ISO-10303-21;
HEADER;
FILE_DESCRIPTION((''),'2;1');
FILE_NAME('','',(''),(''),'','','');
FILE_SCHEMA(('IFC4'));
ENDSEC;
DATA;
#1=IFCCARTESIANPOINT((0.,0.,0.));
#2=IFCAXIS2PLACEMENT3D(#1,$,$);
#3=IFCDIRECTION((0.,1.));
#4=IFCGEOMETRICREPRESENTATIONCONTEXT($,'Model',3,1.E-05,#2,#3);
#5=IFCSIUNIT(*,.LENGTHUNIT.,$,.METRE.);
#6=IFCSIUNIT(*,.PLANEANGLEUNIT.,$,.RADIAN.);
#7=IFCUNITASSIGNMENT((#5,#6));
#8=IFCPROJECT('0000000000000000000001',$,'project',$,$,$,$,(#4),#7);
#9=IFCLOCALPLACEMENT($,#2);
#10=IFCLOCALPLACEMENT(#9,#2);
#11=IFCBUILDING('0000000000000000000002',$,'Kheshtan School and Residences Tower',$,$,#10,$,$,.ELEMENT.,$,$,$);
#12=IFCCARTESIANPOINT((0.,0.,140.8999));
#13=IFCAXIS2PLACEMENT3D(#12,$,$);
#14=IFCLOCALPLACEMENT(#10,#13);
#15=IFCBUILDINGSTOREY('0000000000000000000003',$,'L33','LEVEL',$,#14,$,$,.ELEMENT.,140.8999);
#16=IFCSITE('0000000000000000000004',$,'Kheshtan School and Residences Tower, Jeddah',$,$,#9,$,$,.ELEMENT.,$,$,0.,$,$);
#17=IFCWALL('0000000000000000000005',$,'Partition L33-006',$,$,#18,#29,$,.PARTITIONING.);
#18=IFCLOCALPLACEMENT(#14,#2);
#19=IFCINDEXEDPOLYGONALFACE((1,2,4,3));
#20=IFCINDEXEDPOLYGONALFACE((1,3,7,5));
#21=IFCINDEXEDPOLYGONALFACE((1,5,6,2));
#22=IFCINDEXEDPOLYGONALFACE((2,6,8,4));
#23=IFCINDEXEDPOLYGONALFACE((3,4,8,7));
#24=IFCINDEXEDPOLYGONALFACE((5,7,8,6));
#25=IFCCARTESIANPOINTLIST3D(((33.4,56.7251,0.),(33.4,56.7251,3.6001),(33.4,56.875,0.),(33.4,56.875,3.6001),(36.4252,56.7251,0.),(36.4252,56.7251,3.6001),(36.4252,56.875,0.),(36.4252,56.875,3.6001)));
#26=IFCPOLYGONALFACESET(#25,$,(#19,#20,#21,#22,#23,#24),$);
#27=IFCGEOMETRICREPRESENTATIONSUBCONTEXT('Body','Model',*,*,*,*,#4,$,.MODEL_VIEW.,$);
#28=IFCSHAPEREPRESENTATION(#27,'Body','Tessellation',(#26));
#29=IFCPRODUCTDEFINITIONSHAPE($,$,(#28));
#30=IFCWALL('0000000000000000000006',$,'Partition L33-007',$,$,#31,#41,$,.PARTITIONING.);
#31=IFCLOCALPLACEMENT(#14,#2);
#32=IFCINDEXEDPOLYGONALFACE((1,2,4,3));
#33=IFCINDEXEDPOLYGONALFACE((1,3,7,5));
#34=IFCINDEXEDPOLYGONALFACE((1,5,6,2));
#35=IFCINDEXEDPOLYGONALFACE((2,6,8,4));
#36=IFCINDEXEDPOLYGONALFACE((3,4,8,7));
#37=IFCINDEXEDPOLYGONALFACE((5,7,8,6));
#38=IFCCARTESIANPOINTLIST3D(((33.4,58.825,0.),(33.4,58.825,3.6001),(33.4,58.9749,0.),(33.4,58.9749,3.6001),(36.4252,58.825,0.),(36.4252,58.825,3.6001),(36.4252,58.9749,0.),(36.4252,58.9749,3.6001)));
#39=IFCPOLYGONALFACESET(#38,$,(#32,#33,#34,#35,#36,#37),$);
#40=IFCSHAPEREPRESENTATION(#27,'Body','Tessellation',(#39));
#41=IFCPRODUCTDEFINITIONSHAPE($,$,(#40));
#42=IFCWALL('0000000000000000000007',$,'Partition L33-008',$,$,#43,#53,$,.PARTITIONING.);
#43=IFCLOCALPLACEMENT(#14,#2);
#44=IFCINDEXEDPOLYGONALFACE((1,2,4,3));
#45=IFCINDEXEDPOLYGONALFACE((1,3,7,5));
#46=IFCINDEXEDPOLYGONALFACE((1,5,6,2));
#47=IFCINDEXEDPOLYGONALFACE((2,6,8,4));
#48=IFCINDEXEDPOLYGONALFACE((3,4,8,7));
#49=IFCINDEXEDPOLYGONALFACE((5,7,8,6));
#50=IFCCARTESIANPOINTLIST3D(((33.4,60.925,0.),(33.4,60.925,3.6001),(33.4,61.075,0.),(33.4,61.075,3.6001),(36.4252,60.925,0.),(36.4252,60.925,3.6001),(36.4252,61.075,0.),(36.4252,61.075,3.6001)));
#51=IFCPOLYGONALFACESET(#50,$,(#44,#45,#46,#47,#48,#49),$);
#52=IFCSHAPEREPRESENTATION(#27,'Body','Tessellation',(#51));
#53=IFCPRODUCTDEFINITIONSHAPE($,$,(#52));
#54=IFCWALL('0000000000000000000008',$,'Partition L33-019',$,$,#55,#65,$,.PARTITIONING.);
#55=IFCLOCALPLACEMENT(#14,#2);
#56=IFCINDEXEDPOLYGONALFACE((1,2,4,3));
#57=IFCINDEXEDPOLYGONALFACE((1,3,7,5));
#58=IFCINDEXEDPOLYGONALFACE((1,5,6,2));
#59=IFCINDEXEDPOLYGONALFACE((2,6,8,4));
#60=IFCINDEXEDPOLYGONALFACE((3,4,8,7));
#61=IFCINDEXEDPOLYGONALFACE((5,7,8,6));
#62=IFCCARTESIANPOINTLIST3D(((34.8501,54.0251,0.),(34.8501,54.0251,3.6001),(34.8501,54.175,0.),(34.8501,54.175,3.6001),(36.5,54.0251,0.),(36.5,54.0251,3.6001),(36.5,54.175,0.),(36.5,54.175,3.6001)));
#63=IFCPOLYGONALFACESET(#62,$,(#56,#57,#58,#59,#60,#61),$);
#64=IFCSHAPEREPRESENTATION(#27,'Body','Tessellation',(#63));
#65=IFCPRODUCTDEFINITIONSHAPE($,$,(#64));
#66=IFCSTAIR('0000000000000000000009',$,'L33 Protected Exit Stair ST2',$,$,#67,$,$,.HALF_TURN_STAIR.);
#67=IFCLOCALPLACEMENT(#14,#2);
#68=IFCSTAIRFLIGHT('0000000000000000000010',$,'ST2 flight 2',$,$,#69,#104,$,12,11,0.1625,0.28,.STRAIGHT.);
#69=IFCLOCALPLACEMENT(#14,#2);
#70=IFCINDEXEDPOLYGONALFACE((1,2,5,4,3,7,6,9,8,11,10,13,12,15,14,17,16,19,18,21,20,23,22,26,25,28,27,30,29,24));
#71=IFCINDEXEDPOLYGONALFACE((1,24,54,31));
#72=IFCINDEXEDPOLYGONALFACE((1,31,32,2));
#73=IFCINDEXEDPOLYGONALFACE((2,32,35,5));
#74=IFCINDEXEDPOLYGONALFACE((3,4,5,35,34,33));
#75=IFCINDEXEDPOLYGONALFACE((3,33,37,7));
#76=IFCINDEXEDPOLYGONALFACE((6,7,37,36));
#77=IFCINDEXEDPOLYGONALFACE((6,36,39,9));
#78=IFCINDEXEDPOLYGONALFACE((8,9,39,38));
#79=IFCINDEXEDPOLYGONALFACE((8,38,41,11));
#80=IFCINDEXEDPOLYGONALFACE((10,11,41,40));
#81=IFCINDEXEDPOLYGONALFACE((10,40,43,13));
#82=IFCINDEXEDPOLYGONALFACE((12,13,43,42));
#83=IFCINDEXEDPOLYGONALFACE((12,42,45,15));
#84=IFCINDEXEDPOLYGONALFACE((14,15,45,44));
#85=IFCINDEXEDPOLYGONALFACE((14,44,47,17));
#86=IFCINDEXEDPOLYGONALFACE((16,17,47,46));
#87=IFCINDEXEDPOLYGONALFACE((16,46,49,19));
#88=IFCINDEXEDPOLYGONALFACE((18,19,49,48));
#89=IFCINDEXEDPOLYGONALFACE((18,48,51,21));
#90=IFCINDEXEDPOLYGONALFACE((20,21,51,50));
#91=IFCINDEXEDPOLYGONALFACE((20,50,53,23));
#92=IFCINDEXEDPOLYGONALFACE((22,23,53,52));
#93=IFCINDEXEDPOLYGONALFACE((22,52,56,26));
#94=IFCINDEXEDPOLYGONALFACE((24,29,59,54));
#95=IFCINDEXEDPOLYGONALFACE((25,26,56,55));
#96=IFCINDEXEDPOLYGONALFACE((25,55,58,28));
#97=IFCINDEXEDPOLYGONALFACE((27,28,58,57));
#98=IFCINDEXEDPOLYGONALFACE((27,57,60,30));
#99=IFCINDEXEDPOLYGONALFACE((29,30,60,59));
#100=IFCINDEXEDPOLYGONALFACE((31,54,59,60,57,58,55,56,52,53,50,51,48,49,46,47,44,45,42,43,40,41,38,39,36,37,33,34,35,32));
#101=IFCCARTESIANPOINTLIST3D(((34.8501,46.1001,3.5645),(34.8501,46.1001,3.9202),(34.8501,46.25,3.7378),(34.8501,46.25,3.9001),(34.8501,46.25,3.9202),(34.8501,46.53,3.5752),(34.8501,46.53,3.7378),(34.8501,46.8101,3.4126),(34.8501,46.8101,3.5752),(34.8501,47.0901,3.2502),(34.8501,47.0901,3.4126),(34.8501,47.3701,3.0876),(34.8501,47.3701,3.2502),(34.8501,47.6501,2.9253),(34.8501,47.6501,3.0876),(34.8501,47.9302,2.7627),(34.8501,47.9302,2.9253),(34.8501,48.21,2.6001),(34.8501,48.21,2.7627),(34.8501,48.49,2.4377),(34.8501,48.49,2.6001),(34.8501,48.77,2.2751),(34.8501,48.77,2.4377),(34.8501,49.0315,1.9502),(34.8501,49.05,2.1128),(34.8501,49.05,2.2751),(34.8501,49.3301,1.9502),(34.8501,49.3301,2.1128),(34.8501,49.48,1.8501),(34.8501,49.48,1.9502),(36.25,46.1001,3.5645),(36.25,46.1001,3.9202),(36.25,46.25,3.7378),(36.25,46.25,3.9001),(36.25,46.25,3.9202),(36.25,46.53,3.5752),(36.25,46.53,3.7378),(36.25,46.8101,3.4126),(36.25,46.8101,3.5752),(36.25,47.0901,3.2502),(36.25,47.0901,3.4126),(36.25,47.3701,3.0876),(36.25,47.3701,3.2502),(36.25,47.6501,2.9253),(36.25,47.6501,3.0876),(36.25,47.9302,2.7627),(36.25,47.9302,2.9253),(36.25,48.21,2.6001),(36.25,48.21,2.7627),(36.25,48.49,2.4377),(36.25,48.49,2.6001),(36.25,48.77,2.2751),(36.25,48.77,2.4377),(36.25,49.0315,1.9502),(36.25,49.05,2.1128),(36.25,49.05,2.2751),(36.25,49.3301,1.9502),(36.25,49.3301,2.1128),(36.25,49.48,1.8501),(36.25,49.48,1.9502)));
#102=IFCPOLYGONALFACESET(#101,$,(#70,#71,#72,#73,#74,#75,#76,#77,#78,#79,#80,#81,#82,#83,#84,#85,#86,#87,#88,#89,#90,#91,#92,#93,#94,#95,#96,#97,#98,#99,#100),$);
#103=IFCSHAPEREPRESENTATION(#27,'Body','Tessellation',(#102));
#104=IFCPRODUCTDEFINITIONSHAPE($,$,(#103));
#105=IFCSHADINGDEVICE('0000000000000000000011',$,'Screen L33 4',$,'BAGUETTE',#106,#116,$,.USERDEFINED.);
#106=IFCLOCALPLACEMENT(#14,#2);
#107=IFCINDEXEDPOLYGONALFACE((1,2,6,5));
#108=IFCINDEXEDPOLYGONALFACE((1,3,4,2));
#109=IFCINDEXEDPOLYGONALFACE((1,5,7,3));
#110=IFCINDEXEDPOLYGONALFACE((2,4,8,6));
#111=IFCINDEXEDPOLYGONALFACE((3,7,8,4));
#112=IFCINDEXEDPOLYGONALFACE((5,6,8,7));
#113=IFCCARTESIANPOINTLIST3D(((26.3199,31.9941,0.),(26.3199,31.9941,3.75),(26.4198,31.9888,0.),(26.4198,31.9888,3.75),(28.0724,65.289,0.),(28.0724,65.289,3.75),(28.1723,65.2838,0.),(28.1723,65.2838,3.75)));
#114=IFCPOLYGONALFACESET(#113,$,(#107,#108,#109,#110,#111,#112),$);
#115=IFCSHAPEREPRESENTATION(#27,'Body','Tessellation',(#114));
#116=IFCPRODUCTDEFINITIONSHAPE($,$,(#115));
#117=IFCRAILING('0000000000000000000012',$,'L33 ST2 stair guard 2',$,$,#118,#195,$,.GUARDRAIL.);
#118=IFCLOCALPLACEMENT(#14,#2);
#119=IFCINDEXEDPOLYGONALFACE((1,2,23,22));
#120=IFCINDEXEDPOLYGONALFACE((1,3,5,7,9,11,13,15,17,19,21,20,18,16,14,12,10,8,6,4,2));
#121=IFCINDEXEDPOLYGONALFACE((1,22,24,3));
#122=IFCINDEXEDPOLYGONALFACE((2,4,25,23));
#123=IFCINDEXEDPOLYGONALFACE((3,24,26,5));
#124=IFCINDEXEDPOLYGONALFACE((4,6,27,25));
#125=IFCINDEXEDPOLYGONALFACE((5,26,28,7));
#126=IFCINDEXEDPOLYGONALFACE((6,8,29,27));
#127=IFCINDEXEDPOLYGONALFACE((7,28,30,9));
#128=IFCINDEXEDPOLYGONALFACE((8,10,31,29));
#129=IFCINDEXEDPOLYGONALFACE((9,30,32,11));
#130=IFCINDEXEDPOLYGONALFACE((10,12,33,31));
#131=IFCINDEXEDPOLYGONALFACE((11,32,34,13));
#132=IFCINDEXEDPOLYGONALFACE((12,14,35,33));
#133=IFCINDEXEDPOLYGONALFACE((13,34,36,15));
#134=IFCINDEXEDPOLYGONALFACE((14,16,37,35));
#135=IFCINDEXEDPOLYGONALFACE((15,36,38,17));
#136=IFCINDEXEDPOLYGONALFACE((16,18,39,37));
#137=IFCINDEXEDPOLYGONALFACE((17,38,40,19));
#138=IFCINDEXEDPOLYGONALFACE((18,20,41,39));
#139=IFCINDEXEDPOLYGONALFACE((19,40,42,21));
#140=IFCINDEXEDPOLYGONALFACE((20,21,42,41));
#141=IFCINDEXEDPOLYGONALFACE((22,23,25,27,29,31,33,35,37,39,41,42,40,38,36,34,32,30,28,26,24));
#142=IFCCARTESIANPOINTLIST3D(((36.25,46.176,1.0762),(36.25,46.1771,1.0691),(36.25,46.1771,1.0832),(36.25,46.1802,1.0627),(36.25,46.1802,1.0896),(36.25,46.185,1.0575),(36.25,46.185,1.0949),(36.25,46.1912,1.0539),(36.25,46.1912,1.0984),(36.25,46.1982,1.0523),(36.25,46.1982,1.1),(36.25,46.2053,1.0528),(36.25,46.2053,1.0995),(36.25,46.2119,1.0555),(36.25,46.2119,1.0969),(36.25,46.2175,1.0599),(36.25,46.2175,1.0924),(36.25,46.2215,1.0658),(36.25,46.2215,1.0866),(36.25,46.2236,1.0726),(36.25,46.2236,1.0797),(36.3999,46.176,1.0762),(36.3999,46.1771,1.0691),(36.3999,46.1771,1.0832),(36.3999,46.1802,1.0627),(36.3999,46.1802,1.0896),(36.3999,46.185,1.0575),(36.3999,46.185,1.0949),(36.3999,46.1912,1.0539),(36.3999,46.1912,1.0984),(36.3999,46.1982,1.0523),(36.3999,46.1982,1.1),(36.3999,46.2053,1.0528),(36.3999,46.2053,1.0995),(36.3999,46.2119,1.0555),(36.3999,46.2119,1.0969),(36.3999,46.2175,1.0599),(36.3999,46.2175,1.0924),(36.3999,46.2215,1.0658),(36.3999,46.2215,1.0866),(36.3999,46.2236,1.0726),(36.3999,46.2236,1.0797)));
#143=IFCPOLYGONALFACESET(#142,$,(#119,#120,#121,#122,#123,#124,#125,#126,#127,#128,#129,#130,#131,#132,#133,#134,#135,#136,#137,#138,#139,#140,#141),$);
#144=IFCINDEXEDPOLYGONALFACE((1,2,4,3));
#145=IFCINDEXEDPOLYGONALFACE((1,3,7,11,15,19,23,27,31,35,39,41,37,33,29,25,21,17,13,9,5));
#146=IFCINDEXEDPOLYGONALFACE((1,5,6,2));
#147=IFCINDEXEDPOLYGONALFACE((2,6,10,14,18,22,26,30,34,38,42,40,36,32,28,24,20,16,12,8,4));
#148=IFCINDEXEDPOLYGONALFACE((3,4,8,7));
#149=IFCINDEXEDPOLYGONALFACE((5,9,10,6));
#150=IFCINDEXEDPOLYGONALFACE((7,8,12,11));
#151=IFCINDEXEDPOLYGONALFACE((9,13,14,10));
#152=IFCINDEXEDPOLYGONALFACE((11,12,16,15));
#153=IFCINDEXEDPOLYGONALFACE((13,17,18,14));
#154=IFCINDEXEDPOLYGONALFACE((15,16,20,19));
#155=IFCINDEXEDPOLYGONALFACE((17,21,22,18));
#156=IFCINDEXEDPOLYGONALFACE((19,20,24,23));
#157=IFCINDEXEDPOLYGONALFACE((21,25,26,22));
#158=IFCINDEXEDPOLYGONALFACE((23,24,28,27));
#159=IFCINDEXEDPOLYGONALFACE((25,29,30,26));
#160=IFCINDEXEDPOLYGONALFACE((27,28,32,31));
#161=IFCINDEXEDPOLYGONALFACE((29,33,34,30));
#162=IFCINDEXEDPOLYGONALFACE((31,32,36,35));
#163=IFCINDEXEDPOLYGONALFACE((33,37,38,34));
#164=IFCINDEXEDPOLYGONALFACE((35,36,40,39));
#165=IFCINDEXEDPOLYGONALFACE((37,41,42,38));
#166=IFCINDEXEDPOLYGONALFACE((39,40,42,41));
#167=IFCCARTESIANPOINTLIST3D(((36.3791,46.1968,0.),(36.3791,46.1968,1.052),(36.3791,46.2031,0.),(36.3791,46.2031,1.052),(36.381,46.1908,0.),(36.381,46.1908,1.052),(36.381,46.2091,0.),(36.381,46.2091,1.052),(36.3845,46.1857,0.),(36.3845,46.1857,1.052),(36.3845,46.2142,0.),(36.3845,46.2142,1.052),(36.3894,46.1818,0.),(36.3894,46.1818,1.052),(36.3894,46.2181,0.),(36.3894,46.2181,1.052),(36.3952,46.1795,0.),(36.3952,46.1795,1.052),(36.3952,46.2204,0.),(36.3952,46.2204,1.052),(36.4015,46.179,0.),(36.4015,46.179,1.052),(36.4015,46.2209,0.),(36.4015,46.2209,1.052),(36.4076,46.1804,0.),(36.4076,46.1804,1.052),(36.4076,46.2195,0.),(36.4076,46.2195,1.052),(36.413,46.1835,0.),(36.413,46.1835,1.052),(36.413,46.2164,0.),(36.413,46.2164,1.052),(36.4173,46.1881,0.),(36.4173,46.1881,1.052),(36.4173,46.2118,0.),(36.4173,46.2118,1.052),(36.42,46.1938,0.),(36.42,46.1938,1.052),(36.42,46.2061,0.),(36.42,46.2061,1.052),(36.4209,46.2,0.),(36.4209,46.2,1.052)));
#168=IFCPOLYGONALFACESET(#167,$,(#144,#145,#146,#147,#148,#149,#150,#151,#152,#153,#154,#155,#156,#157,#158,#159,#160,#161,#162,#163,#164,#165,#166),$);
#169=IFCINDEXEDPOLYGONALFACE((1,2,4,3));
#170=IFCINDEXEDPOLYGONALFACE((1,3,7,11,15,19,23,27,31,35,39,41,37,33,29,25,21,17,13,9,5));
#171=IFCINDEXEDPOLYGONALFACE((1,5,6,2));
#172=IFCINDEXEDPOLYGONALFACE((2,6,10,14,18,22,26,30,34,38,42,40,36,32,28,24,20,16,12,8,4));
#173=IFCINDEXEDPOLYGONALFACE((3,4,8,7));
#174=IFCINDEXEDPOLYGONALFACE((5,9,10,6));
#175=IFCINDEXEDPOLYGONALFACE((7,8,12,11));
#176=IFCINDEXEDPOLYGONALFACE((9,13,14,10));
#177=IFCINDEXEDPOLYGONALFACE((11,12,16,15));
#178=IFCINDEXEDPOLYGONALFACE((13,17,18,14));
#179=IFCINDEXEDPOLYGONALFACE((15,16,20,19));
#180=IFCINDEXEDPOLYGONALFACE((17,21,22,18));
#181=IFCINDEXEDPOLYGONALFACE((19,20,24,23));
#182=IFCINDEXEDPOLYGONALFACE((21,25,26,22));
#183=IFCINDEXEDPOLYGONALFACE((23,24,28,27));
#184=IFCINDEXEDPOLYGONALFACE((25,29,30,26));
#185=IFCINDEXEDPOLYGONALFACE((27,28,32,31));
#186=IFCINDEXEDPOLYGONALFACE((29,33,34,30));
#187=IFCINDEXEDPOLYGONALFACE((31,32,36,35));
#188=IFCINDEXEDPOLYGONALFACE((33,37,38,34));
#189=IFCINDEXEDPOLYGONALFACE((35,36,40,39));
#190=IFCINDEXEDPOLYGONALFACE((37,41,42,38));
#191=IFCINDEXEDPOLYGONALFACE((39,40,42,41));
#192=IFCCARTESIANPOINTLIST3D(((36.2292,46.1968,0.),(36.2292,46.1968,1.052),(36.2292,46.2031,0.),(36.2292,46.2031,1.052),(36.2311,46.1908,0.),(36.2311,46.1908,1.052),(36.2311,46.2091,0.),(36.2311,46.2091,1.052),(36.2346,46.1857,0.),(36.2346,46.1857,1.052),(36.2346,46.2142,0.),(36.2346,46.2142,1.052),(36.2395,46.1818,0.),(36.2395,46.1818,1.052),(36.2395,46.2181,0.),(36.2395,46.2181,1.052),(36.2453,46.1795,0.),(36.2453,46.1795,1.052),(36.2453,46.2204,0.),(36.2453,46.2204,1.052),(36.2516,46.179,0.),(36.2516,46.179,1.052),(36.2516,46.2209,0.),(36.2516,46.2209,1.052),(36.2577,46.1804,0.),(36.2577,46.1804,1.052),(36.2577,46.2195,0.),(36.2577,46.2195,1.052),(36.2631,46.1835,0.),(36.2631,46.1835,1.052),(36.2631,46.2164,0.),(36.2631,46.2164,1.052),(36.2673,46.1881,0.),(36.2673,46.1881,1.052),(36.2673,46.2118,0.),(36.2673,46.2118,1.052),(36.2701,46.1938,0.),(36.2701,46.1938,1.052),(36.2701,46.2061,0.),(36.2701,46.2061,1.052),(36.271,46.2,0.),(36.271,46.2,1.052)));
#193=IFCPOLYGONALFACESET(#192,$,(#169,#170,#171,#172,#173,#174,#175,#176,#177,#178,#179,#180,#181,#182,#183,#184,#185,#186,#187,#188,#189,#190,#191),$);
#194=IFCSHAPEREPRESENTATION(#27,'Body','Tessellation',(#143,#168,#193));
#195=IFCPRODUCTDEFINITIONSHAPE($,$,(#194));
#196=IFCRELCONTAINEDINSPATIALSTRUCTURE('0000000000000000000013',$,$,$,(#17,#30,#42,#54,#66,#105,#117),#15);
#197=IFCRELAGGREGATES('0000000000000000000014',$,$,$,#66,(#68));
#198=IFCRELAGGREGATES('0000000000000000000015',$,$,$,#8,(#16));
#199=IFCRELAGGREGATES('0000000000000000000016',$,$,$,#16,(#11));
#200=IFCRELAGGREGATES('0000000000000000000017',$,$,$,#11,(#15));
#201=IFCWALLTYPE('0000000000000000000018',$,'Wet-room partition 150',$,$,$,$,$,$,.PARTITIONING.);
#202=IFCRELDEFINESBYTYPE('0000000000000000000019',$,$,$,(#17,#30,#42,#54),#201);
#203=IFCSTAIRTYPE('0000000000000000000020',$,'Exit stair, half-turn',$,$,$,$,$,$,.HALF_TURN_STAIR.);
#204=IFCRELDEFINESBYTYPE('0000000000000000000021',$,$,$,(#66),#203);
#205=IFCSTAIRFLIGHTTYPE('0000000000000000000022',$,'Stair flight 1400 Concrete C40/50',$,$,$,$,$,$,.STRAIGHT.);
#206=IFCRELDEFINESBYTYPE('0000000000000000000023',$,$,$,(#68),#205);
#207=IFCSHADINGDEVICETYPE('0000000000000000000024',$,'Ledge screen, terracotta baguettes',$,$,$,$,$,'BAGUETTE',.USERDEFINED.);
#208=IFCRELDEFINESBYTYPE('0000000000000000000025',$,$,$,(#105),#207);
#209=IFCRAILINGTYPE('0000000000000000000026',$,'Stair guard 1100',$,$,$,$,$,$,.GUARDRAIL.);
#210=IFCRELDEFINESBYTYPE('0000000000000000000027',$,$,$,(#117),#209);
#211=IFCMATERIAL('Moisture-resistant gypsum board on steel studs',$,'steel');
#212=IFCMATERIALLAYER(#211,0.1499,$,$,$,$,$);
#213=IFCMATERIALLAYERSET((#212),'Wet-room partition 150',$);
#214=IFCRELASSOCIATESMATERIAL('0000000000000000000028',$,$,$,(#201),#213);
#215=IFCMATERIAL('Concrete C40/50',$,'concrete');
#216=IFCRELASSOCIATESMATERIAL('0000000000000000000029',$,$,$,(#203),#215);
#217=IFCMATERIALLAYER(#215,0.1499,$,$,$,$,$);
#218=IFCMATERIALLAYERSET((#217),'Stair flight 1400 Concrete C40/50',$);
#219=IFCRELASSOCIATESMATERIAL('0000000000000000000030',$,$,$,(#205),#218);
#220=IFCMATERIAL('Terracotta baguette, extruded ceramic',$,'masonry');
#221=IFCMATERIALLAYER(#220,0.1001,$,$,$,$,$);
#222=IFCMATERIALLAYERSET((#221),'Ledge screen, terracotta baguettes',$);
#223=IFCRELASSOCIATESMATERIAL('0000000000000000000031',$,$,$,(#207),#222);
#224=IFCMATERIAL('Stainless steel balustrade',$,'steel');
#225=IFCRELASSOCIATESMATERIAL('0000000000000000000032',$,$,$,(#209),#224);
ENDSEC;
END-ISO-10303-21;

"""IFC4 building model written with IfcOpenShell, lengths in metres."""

from ifc_helpers import new_model, si_unit, direction, frame, frame_2d, origin, origin_2d, place, context, subcontext, project, spatial, polyline, rectangle, circle, outline, extrude, material, layer, layer_set, type_object, element, aggregate, save


model = new_model("IFC4")

# Units and contexts
model_context = context("Model", 3, precision=1e-05, world=origin(), true_north=direction((0.0, 1.0)))
body_context = subcontext(model_context, "Body", "Model", "MODEL_VIEW")
ifc_project = project(units=[si_unit("LENGTHUNIT", "METRE"), si_unit("PLANEANGLEUNIT", "RADIAN")], contexts=[model_context])

# Site, building, storey
site_placement = place(None, origin())
site = spatial("IfcSite", under=ifc_project, at=site_placement, Name="Kheshtan School and Residences Tower, Jeddah", CompositionType="ELEMENT", RefElevation=0.0)
building_placement = place(site_placement, origin())
building = spatial("IfcBuilding", under=site, at=building_placement, Name="Kheshtan School and Residences Tower", CompositionType="ELEMENT")
storey_placement = place(building_placement, frame((0.0, 0.0, 140.8999)))
storey = spatial("IfcBuildingStorey", under=building, at=storey_placement, Name="L33", Description="LEVEL", CompositionType="ELEMENT", Elevation=140.8999)

# Walls
ifc_material_1 = material(Name="Concrete C40/50", Category="concrete")
ifc_material_2 = material(Name="Moisture-resistant gypsum board on steel studs", Category="steel")
ifc_layer_1 = layer(ifc_material_2, 0.1499)
ifc_layer_set_1 = layer_set([ifc_layer_1], Name="Wet-room partition 150")
wall_type_1 = type_object("IfcWallType", Name="Wet-room partition 150", PredefinedType="PARTITIONING", material=ifc_layer_set_1)
for number, where, z_axis, x_axis, name in (
    (1, (33.3999, 56.8, 0.0), (0.0, 0.0, 1.0), (1.0, 0.0, 0.0), "Partition L33-006"),
    (2, (33.3999, 58.8999, 0.0), (0.0, 0.0, 1.0), (1.0, 0.0, 0.0), "Partition L33-007"),
    (3, (33.3999, 61.0, 0.0), (0.0, 0.0, 1.0), (1.0, 0.0, 0.0), "Partition L33-008"),
):
    element("IfcWall", number, at=place(storey_placement, frame(where, z_axis=z_axis, x_axis=x_axis)), inside=storey, type_object=wall_type_1, Name=name, PredefinedType="PARTITIONING", context=body_context, shape_type="SweptSolid", body=[
        extrude(rectangle(XDim=3.0251, YDim=0.1499, at=frame_2d((1.5127, 0.0))), origin(), (0.0, 0.0, 1.0), 3.6001),
    ])
wall_1_placement = place(storey_placement, frame((34.8501, 54.1001, 0.0), z_axis=(0.0, 0.0, 1.0), x_axis=(1.0, 0.0, 0.0)))
element("IfcWall", 4, at=wall_1_placement, inside=storey, type_object=wall_type_1, Name="Partition L33-019", PredefinedType="PARTITIONING", context=body_context, shape_type="SweptSolid", body=[
    extrude(rectangle(XDim=1.6499, YDim=0.1499, at=frame_2d((0.825, 0.0))), origin(), (0.0, 0.0, 1.0), 3.6001),
])

# Stair, stair flight
stair_type = type_object("IfcStairType", Name="Exit stair, half-turn", PredefinedType="HALF_TURN_STAIR", material=ifc_material_1)
stair_placement = place(storey_placement, origin())
stair = element("IfcStair", 5, at=stair_placement, inside=storey, type_object=stair_type, Name="L33 Protected Exit Stair ST2", PredefinedType="HALF_TURN_STAIR")
ifc_layer_2 = layer(ifc_material_1, 0.1499)
ifc_layer_set_2 = layer_set([ifc_layer_2], Name="Stair flight 1400 Concrete C40/50")
stair_flight_type = type_object("IfcStairFlightType", Name="Stair flight 1400 Concrete C40/50", PredefinedType="STRAIGHT", material=ifc_layer_set_2)
stair_flight_placement = place(storey_placement, frame((35.55, 49.3301, 1.9502), z_axis=(0.0, 0.0, 1.0), x_axis=(0.0, -1.0, 0.0)))
stair_flight = element("IfcStairFlight", 6, at=stair_flight_placement, type_object=stair_flight_type, Name="ST2 flight 2", NumberOfRisers=12, NumberOfTreads=11, PredefinedType="STRAIGHT", RiserHeight=0.1625, TreadLength=0.28, context=body_context, shape_type="SweptSolid", body=[
    extrude(outline(polyline([(-0.1499, -0.1001), (-0.1499, 0.0), (0.0, 0.0), (0.0, 0.1626), (0.28, 0.1626), (0.28, 0.325), (0.5601, 0.325), (0.5601, 0.4875), (0.8401, 0.4875), (0.8401, 0.6499), (1.1201, 0.6499), (1.1201, 0.8125), (1.3999, 0.8125), (1.3999, 0.9751), (1.6799, 0.9751), (1.6799, 1.1375), (1.96, 1.1375), (1.96, 1.3), (2.24, 1.3), (2.24, 1.4624), (2.52, 1.4624), (2.52, 1.625), (2.8, 1.625), (2.8, 1.7876), (3.0801, 1.7876), (3.0801, 1.95), (3.0801, 1.97), (3.23, 1.97), (3.23, 1.6143), (0.2986, 0.0), (-0.1499, -0.1001)])), frame((0.0, 0.7, 0.0), z_axis=(0.0, -1.0, 0.0), x_axis=(1.0, 0.0, 0.0)), (0.0, 0.0, 1.0), 1.3999),
])
aggregate(stair, [stair_flight])

# Shading device
ifc_material_3 = material(Name="Terracotta baguette, extruded ceramic", Category="masonry")
ifc_layer_3 = layer(ifc_material_3, 0.1001)
ifc_layer_set_3 = layer_set([ifc_layer_3], Name="Ledge screen, terracotta baguettes")
shading_device_type = type_object("IfcShadingDeviceType", Name="Ledge screen, terracotta baguettes", ElementType="BAGUETTE", PredefinedType="USERDEFINED", material=ifc_layer_set_3)
shading_device_placement = place(storey_placement, frame((27.2461, 48.6389, 0.0), z_axis=(0.0, 0.0, 1.0), x_axis=(0.052563, 0.998618, 0.0)))
element("IfcShadingDevice", 7, at=shading_device_placement, inside=storey, type_object=shading_device_type, Name="Screen L33 4", ObjectType="BAGUETTE", PredefinedType="USERDEFINED", context=body_context, shape_type="SweptSolid", body=[
    extrude(rectangle(XDim=33.3411, YDim=0.1001, at=origin_2d()), origin(), (0.0, 0.0, 1.0), 3.75),
])

# Railing
ifc_material_4 = material(Name="Stainless steel balustrade", Category="steel")
railing_type_1 = type_object("IfcRailingType", Name="Stair guard 1100", PredefinedType="GUARDRAIL", material=ifc_material_4)
railing_1_placement = place(storey_placement, frame((36.3999, 46.2, 0.0)))
element("IfcRailing", 8, at=railing_1_placement, inside=storey, type_object=railing_type_1, Name="L33 ST2 stair guard 2", PredefinedType="GUARDRAIL", context=body_context, shape_type="SweptSolid", body=[
    extrude(circle(Radius=0.0239, at=origin_2d()), frame((0.0, 0.0, 1.0762), z_axis=(-1.0, 0.0, 0.0), x_axis=(0.0, -1.0, 0.0)), (0.0, 0.0, 1.0), 0.1499),
    extrude(circle(Radius=0.021, at=origin_2d()), origin(), (0.0, 0.0, 1.0), 1.052),
    extrude(circle(Radius=0.021, at=origin_2d()), frame((-0.1499, 0.0, 0.0)), (0.0, 0.0, 1.0), 1.052),
])

save(model, "model.ifc")
